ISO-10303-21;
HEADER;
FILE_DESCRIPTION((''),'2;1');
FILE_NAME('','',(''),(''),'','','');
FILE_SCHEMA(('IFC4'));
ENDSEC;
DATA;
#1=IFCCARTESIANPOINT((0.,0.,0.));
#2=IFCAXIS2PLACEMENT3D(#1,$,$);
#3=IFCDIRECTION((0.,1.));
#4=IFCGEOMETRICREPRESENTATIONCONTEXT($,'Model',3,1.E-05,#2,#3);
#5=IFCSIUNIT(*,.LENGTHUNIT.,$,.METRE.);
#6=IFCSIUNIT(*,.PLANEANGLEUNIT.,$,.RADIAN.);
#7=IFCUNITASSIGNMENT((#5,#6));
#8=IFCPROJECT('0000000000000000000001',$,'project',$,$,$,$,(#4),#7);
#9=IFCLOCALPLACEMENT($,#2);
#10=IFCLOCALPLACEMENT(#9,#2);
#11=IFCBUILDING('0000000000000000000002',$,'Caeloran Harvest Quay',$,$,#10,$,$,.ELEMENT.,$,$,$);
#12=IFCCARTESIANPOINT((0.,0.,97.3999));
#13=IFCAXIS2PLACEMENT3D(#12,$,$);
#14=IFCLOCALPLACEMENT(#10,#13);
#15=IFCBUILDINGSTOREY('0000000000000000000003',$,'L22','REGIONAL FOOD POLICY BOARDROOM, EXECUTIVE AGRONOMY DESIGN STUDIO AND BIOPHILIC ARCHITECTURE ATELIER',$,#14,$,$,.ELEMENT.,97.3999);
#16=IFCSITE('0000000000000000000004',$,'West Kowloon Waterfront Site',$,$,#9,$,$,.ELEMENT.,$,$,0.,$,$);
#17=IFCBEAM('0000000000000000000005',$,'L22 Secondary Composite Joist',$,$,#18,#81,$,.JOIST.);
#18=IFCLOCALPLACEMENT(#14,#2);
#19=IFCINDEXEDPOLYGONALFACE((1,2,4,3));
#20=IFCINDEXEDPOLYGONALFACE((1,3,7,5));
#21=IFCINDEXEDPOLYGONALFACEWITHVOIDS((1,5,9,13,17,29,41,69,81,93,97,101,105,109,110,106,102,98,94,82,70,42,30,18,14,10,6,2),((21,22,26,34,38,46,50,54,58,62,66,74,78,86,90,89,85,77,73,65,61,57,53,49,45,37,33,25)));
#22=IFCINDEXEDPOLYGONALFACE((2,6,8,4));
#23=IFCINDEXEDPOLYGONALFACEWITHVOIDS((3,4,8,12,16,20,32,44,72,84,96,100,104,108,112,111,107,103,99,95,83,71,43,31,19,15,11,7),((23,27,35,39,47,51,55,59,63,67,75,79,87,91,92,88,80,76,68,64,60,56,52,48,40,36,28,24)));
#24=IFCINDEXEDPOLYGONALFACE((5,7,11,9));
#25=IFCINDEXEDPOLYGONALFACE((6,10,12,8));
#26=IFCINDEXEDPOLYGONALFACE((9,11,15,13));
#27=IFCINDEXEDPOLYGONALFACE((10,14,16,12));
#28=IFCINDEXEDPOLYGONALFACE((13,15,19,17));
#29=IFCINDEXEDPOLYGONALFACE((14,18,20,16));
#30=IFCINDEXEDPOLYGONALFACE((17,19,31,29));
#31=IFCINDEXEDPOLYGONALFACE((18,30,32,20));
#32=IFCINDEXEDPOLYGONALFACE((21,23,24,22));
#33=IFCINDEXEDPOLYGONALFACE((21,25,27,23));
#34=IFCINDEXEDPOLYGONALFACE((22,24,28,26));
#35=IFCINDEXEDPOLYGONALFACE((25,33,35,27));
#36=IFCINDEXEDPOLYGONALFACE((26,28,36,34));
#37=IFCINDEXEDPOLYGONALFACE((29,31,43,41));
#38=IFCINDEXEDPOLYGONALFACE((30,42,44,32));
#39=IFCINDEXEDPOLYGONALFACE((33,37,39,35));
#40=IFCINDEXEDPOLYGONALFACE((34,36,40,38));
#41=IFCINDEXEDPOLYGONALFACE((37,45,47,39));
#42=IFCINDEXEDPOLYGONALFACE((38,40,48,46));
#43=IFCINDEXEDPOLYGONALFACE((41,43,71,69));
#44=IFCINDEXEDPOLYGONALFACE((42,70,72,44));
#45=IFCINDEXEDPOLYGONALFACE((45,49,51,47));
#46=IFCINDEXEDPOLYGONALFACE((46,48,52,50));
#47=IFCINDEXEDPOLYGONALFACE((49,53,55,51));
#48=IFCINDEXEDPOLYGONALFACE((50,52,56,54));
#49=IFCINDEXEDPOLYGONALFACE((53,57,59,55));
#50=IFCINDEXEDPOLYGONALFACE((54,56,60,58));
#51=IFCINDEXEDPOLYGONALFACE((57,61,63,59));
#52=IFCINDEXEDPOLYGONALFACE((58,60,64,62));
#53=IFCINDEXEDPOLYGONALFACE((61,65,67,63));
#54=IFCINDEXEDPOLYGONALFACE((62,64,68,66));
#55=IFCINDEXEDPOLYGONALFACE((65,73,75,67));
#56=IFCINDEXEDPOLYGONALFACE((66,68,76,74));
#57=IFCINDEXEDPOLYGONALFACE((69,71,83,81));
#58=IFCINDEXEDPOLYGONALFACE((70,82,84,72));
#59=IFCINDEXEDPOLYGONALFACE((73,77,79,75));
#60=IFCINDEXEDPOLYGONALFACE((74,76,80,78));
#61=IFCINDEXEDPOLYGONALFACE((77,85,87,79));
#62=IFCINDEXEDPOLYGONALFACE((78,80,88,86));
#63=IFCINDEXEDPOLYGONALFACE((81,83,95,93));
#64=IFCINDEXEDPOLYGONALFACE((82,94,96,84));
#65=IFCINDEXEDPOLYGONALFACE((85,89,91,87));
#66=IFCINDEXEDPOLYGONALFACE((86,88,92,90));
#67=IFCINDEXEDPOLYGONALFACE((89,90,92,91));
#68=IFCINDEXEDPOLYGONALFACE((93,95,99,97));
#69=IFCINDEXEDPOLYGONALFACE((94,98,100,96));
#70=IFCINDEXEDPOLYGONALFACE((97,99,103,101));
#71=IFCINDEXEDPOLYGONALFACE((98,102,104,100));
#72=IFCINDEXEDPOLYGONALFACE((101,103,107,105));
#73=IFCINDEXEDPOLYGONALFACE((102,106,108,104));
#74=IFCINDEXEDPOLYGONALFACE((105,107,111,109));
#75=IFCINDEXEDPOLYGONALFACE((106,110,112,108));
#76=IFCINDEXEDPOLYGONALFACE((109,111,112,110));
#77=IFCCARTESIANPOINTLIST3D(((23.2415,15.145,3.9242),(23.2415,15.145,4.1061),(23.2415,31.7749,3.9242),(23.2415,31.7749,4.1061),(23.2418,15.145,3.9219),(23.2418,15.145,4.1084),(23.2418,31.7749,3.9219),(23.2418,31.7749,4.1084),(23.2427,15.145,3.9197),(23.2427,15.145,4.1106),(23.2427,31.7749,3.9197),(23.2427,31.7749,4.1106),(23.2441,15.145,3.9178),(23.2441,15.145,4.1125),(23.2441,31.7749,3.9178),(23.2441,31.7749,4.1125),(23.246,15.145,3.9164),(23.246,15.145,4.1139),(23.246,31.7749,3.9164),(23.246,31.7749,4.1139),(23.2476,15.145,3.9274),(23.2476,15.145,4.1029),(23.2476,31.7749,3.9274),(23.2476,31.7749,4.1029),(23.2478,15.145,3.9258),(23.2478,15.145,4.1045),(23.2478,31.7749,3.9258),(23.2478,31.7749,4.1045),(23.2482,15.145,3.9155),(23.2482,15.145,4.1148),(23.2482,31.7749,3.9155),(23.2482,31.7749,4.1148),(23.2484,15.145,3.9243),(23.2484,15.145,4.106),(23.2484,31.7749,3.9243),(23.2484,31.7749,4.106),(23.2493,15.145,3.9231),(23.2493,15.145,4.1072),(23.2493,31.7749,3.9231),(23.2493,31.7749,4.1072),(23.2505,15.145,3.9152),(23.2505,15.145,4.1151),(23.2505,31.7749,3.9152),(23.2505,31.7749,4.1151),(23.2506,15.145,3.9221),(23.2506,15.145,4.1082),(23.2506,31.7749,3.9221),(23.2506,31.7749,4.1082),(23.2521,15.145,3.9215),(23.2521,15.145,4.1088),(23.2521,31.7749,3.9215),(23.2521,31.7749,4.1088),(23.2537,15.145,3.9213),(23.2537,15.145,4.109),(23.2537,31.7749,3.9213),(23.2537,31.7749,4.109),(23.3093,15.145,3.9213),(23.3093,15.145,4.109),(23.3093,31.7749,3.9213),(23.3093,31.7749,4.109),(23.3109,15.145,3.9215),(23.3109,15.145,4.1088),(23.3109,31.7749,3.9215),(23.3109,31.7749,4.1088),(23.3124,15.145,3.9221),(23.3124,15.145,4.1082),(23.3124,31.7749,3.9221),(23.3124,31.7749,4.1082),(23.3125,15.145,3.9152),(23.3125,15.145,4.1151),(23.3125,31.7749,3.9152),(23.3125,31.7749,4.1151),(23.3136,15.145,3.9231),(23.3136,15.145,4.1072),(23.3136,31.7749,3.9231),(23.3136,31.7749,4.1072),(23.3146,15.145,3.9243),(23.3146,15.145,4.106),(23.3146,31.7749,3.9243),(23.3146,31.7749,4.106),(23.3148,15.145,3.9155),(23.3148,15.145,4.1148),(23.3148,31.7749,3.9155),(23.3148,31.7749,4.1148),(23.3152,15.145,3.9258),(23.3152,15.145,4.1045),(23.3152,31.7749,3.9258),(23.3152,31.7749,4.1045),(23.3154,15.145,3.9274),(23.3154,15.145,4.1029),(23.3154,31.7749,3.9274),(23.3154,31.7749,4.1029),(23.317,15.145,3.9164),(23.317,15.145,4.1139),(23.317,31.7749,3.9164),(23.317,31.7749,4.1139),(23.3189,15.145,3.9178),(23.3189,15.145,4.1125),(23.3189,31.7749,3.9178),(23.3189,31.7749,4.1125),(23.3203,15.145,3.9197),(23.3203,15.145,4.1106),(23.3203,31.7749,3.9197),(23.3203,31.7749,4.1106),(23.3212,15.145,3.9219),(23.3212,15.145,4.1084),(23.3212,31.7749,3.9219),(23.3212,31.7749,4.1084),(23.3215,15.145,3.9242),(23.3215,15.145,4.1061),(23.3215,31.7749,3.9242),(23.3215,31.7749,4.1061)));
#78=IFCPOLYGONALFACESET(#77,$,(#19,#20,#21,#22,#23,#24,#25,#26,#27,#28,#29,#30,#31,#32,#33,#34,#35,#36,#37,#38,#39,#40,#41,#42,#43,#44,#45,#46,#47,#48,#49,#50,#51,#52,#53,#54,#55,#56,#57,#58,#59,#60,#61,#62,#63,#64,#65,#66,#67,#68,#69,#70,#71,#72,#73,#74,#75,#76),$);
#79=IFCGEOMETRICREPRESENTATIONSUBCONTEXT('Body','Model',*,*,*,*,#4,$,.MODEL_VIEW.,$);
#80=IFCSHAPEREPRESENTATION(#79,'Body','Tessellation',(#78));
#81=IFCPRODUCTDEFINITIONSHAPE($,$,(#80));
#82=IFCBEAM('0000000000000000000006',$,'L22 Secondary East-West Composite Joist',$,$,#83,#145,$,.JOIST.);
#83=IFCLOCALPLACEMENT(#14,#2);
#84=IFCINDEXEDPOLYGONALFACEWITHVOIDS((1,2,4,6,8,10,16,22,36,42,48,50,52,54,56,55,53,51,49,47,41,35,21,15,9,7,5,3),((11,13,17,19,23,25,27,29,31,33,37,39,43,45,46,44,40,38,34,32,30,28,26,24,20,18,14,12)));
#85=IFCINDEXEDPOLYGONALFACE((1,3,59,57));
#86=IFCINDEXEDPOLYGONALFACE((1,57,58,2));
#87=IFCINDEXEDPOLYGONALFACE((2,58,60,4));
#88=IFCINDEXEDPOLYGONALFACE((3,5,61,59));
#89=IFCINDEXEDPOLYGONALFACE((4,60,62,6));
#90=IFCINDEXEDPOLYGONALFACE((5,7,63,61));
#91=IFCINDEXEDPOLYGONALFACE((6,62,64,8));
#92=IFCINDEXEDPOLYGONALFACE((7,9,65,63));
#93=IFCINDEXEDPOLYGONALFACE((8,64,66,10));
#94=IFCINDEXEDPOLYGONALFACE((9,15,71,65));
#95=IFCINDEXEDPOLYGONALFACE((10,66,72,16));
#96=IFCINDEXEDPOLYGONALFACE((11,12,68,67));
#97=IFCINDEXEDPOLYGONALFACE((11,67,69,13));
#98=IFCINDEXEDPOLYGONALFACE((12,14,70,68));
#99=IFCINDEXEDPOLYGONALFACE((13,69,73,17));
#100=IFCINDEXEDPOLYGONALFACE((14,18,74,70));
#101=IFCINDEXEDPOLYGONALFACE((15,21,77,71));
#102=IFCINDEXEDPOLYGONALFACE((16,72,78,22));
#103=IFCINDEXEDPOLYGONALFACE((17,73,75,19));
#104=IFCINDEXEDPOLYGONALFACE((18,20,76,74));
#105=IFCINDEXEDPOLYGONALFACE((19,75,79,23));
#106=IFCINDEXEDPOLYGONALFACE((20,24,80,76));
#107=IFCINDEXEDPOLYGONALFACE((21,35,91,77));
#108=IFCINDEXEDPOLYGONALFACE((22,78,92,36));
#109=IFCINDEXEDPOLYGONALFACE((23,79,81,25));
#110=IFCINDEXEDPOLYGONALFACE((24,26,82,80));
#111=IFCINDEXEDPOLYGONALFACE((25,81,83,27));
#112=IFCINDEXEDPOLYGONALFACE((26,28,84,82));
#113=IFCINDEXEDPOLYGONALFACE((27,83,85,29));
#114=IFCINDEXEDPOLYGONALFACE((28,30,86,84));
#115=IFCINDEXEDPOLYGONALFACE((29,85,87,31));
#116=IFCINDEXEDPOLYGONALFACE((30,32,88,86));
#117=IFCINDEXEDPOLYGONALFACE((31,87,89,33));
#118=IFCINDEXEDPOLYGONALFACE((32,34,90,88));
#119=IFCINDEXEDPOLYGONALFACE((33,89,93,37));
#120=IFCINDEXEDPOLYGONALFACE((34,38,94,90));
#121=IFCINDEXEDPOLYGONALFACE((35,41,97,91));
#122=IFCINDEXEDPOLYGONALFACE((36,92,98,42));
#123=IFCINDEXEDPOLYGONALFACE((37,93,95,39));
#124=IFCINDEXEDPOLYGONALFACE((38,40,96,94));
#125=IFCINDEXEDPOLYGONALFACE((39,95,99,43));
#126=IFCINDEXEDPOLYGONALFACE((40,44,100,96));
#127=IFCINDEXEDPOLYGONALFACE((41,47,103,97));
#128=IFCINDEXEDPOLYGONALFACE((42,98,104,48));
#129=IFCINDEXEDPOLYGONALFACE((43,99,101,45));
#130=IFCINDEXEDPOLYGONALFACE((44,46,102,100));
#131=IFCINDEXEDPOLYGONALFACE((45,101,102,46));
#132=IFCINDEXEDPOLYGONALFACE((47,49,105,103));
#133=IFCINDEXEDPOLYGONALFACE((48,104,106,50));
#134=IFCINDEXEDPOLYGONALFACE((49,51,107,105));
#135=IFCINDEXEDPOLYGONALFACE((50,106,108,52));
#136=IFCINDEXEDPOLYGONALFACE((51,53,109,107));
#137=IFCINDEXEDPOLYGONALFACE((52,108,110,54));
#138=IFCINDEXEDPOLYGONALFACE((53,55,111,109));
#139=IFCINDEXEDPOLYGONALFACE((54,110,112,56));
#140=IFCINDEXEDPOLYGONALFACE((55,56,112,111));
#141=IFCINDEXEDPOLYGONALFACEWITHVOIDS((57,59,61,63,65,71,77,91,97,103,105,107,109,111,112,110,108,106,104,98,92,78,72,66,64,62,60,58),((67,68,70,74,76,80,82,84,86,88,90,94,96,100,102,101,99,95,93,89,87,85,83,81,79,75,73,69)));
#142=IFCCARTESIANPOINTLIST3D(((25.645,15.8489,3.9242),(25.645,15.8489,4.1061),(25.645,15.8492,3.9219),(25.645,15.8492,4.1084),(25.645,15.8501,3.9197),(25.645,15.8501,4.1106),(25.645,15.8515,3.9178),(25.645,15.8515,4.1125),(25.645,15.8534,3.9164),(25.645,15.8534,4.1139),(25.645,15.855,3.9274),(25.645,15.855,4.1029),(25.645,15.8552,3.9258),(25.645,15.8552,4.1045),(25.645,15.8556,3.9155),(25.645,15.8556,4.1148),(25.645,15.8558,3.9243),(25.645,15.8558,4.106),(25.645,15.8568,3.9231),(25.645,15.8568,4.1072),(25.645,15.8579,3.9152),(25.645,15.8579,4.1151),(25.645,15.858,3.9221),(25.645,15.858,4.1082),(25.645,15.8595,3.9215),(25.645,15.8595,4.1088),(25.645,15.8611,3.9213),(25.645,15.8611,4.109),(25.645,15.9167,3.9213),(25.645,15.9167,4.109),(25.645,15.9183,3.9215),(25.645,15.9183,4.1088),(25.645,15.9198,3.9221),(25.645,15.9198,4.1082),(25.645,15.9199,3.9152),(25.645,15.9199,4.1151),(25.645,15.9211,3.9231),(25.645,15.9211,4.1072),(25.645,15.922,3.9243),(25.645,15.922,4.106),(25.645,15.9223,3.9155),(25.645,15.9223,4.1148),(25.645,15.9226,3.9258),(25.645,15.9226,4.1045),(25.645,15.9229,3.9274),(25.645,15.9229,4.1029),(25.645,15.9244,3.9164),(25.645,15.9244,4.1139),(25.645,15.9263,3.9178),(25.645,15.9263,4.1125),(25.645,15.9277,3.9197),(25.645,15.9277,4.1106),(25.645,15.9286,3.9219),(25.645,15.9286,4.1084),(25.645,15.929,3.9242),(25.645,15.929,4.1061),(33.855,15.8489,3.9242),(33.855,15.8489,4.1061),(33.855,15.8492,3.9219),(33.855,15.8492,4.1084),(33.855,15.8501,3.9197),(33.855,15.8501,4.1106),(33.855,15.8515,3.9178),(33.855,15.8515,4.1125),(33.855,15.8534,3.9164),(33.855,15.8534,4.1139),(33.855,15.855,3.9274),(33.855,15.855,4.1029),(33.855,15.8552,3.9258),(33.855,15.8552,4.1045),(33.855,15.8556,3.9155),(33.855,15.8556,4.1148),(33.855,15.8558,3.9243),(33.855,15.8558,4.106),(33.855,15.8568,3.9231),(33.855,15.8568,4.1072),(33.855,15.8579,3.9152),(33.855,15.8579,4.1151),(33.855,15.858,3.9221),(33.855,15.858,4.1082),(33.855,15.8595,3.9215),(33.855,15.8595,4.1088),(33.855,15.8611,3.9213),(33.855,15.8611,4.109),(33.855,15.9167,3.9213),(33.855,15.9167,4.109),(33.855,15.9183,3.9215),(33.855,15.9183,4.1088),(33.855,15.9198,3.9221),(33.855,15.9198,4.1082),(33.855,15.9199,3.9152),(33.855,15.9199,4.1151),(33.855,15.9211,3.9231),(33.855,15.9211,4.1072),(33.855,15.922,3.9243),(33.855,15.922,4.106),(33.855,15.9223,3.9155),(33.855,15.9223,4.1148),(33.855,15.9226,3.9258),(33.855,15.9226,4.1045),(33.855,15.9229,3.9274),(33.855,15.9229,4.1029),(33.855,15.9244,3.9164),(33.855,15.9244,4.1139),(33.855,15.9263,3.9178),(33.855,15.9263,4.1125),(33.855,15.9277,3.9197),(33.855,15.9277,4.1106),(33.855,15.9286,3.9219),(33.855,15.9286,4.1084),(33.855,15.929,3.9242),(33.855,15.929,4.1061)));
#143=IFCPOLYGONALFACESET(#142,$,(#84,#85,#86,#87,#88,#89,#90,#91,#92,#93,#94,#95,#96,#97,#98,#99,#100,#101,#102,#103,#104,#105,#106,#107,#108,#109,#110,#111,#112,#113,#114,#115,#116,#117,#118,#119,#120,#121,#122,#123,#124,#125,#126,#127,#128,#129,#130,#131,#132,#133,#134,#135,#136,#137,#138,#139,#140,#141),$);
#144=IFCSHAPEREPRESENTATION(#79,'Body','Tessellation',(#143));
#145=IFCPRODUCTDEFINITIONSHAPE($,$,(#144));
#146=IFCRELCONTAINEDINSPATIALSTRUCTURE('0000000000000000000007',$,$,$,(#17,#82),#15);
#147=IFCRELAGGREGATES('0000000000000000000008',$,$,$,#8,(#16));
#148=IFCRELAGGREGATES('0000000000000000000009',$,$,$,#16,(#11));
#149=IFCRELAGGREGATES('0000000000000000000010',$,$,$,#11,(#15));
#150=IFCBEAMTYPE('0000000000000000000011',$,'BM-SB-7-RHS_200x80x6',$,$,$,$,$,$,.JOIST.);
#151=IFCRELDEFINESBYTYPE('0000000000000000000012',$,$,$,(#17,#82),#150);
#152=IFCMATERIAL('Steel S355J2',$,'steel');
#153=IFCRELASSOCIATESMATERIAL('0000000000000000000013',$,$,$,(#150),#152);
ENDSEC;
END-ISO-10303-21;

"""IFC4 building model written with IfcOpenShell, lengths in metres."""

from ifc_helpers import new_model, si_unit, direction, frame, origin, origin_2d, place, context, subcontext, project, spatial, hollow_rectangle, extrude, material, material_profile, profile_set, type_object, element, save


model = new_model("IFC4")

# Units and contexts
model_context = context("Model", 3, precision=1e-05, world=origin(), true_north=direction((0.0, 1.0)))
body_context = subcontext(model_context, "Body", "Model", "MODEL_VIEW")
ifc_project = project(units=[si_unit("LENGTHUNIT", "METRE"), si_unit("PLANEANGLEUNIT", "RADIAN")], contexts=[model_context])

# Site, building, storey
site_placement = place(None, origin())
site = spatial("IfcSite", under=ifc_project, at=site_placement, Name="West Kowloon Waterfront Site", CompositionType="ELEMENT", RefElevation=0.0)
building_placement = place(site_placement, origin())
building = spatial("IfcBuilding", under=site, at=building_placement, Name="Caeloran Harvest Quay", CompositionType="ELEMENT")
storey_placement = place(building_placement, frame((0.0, 0.0, 97.3999)))
storey = spatial("IfcBuildingStorey", under=building, at=storey_placement, Name="L22", Description="REGIONAL FOOD POLICY BOARDROOM, EXECUTIVE AGRONOMY DESIGN STUDIO AND BIOPHILIC ARCHITECTURE ATELIER", CompositionType="ELEMENT", Elevation=97.3999)

# Beams
ifc_material_1 = material(Name="Steel S355J2", Category="steel")
ifc_material_profile_1 = material_profile(ifc_material_1, hollow_rectangle(XDim=0.0801, YDim=0.2, WallThickness=0.0061, InnerFilletRadius=0.0061, OuterFilletRadius=0.009, at=origin_2d()), Name="RHS 200x80x6")
ifc_profile_set_1 = profile_set([ifc_material_profile_1], Name="Steel S355J2")
beam_type_1 = type_object("IfcBeamType", Name="BM-SB-7-RHS_200x80x6", PredefinedType="JOIST", material=ifc_profile_set_1)
beam_1_placement = place(storey_placement, frame((23.2815, 15.145, 4.0151), z_axis=(0.0, 1.0, 0.0), x_axis=(-1.0, 0.0, 0.0)))
element("IfcBeam", 1, at=beam_1_placement, inside=storey, type_object=beam_type_1, Name="L22 Secondary Composite Joist", PredefinedType="JOIST", context=body_context, shape_type="SweptSolid", body=[
    extrude(hollow_rectangle(XDim=0.0801, YDim=0.2, WallThickness=0.0061, InnerFilletRadius=0.0061, OuterFilletRadius=0.009, at=origin_2d()), origin(), (0.0, 0.0, 1.0), 16.6299),
])
for number, where, z_axis, x_axis, name in (
    (2, (25.645, 15.8889, 4.0151), (1.0, 0.0, 0.0), (0.0, 1.0, 0.0), "L22 Secondary East-West Composite Joist"),
):
    element("IfcBeam", number, at=place(storey_placement, frame(where, z_axis=z_axis, x_axis=x_axis)), inside=storey, type_object=beam_type_1, Name=name, PredefinedType="JOIST", context=body_context, shape_type="SweptSolid", body=[
        extrude(hollow_rectangle(XDim=0.0801, YDim=0.2, WallThickness=0.0061, InnerFilletRadius=0.0061, OuterFilletRadius=0.009, at=origin_2d()), origin(), (0.0, 0.0, 1.0), 8.21),
    ])

save(model, "model.ifc")
